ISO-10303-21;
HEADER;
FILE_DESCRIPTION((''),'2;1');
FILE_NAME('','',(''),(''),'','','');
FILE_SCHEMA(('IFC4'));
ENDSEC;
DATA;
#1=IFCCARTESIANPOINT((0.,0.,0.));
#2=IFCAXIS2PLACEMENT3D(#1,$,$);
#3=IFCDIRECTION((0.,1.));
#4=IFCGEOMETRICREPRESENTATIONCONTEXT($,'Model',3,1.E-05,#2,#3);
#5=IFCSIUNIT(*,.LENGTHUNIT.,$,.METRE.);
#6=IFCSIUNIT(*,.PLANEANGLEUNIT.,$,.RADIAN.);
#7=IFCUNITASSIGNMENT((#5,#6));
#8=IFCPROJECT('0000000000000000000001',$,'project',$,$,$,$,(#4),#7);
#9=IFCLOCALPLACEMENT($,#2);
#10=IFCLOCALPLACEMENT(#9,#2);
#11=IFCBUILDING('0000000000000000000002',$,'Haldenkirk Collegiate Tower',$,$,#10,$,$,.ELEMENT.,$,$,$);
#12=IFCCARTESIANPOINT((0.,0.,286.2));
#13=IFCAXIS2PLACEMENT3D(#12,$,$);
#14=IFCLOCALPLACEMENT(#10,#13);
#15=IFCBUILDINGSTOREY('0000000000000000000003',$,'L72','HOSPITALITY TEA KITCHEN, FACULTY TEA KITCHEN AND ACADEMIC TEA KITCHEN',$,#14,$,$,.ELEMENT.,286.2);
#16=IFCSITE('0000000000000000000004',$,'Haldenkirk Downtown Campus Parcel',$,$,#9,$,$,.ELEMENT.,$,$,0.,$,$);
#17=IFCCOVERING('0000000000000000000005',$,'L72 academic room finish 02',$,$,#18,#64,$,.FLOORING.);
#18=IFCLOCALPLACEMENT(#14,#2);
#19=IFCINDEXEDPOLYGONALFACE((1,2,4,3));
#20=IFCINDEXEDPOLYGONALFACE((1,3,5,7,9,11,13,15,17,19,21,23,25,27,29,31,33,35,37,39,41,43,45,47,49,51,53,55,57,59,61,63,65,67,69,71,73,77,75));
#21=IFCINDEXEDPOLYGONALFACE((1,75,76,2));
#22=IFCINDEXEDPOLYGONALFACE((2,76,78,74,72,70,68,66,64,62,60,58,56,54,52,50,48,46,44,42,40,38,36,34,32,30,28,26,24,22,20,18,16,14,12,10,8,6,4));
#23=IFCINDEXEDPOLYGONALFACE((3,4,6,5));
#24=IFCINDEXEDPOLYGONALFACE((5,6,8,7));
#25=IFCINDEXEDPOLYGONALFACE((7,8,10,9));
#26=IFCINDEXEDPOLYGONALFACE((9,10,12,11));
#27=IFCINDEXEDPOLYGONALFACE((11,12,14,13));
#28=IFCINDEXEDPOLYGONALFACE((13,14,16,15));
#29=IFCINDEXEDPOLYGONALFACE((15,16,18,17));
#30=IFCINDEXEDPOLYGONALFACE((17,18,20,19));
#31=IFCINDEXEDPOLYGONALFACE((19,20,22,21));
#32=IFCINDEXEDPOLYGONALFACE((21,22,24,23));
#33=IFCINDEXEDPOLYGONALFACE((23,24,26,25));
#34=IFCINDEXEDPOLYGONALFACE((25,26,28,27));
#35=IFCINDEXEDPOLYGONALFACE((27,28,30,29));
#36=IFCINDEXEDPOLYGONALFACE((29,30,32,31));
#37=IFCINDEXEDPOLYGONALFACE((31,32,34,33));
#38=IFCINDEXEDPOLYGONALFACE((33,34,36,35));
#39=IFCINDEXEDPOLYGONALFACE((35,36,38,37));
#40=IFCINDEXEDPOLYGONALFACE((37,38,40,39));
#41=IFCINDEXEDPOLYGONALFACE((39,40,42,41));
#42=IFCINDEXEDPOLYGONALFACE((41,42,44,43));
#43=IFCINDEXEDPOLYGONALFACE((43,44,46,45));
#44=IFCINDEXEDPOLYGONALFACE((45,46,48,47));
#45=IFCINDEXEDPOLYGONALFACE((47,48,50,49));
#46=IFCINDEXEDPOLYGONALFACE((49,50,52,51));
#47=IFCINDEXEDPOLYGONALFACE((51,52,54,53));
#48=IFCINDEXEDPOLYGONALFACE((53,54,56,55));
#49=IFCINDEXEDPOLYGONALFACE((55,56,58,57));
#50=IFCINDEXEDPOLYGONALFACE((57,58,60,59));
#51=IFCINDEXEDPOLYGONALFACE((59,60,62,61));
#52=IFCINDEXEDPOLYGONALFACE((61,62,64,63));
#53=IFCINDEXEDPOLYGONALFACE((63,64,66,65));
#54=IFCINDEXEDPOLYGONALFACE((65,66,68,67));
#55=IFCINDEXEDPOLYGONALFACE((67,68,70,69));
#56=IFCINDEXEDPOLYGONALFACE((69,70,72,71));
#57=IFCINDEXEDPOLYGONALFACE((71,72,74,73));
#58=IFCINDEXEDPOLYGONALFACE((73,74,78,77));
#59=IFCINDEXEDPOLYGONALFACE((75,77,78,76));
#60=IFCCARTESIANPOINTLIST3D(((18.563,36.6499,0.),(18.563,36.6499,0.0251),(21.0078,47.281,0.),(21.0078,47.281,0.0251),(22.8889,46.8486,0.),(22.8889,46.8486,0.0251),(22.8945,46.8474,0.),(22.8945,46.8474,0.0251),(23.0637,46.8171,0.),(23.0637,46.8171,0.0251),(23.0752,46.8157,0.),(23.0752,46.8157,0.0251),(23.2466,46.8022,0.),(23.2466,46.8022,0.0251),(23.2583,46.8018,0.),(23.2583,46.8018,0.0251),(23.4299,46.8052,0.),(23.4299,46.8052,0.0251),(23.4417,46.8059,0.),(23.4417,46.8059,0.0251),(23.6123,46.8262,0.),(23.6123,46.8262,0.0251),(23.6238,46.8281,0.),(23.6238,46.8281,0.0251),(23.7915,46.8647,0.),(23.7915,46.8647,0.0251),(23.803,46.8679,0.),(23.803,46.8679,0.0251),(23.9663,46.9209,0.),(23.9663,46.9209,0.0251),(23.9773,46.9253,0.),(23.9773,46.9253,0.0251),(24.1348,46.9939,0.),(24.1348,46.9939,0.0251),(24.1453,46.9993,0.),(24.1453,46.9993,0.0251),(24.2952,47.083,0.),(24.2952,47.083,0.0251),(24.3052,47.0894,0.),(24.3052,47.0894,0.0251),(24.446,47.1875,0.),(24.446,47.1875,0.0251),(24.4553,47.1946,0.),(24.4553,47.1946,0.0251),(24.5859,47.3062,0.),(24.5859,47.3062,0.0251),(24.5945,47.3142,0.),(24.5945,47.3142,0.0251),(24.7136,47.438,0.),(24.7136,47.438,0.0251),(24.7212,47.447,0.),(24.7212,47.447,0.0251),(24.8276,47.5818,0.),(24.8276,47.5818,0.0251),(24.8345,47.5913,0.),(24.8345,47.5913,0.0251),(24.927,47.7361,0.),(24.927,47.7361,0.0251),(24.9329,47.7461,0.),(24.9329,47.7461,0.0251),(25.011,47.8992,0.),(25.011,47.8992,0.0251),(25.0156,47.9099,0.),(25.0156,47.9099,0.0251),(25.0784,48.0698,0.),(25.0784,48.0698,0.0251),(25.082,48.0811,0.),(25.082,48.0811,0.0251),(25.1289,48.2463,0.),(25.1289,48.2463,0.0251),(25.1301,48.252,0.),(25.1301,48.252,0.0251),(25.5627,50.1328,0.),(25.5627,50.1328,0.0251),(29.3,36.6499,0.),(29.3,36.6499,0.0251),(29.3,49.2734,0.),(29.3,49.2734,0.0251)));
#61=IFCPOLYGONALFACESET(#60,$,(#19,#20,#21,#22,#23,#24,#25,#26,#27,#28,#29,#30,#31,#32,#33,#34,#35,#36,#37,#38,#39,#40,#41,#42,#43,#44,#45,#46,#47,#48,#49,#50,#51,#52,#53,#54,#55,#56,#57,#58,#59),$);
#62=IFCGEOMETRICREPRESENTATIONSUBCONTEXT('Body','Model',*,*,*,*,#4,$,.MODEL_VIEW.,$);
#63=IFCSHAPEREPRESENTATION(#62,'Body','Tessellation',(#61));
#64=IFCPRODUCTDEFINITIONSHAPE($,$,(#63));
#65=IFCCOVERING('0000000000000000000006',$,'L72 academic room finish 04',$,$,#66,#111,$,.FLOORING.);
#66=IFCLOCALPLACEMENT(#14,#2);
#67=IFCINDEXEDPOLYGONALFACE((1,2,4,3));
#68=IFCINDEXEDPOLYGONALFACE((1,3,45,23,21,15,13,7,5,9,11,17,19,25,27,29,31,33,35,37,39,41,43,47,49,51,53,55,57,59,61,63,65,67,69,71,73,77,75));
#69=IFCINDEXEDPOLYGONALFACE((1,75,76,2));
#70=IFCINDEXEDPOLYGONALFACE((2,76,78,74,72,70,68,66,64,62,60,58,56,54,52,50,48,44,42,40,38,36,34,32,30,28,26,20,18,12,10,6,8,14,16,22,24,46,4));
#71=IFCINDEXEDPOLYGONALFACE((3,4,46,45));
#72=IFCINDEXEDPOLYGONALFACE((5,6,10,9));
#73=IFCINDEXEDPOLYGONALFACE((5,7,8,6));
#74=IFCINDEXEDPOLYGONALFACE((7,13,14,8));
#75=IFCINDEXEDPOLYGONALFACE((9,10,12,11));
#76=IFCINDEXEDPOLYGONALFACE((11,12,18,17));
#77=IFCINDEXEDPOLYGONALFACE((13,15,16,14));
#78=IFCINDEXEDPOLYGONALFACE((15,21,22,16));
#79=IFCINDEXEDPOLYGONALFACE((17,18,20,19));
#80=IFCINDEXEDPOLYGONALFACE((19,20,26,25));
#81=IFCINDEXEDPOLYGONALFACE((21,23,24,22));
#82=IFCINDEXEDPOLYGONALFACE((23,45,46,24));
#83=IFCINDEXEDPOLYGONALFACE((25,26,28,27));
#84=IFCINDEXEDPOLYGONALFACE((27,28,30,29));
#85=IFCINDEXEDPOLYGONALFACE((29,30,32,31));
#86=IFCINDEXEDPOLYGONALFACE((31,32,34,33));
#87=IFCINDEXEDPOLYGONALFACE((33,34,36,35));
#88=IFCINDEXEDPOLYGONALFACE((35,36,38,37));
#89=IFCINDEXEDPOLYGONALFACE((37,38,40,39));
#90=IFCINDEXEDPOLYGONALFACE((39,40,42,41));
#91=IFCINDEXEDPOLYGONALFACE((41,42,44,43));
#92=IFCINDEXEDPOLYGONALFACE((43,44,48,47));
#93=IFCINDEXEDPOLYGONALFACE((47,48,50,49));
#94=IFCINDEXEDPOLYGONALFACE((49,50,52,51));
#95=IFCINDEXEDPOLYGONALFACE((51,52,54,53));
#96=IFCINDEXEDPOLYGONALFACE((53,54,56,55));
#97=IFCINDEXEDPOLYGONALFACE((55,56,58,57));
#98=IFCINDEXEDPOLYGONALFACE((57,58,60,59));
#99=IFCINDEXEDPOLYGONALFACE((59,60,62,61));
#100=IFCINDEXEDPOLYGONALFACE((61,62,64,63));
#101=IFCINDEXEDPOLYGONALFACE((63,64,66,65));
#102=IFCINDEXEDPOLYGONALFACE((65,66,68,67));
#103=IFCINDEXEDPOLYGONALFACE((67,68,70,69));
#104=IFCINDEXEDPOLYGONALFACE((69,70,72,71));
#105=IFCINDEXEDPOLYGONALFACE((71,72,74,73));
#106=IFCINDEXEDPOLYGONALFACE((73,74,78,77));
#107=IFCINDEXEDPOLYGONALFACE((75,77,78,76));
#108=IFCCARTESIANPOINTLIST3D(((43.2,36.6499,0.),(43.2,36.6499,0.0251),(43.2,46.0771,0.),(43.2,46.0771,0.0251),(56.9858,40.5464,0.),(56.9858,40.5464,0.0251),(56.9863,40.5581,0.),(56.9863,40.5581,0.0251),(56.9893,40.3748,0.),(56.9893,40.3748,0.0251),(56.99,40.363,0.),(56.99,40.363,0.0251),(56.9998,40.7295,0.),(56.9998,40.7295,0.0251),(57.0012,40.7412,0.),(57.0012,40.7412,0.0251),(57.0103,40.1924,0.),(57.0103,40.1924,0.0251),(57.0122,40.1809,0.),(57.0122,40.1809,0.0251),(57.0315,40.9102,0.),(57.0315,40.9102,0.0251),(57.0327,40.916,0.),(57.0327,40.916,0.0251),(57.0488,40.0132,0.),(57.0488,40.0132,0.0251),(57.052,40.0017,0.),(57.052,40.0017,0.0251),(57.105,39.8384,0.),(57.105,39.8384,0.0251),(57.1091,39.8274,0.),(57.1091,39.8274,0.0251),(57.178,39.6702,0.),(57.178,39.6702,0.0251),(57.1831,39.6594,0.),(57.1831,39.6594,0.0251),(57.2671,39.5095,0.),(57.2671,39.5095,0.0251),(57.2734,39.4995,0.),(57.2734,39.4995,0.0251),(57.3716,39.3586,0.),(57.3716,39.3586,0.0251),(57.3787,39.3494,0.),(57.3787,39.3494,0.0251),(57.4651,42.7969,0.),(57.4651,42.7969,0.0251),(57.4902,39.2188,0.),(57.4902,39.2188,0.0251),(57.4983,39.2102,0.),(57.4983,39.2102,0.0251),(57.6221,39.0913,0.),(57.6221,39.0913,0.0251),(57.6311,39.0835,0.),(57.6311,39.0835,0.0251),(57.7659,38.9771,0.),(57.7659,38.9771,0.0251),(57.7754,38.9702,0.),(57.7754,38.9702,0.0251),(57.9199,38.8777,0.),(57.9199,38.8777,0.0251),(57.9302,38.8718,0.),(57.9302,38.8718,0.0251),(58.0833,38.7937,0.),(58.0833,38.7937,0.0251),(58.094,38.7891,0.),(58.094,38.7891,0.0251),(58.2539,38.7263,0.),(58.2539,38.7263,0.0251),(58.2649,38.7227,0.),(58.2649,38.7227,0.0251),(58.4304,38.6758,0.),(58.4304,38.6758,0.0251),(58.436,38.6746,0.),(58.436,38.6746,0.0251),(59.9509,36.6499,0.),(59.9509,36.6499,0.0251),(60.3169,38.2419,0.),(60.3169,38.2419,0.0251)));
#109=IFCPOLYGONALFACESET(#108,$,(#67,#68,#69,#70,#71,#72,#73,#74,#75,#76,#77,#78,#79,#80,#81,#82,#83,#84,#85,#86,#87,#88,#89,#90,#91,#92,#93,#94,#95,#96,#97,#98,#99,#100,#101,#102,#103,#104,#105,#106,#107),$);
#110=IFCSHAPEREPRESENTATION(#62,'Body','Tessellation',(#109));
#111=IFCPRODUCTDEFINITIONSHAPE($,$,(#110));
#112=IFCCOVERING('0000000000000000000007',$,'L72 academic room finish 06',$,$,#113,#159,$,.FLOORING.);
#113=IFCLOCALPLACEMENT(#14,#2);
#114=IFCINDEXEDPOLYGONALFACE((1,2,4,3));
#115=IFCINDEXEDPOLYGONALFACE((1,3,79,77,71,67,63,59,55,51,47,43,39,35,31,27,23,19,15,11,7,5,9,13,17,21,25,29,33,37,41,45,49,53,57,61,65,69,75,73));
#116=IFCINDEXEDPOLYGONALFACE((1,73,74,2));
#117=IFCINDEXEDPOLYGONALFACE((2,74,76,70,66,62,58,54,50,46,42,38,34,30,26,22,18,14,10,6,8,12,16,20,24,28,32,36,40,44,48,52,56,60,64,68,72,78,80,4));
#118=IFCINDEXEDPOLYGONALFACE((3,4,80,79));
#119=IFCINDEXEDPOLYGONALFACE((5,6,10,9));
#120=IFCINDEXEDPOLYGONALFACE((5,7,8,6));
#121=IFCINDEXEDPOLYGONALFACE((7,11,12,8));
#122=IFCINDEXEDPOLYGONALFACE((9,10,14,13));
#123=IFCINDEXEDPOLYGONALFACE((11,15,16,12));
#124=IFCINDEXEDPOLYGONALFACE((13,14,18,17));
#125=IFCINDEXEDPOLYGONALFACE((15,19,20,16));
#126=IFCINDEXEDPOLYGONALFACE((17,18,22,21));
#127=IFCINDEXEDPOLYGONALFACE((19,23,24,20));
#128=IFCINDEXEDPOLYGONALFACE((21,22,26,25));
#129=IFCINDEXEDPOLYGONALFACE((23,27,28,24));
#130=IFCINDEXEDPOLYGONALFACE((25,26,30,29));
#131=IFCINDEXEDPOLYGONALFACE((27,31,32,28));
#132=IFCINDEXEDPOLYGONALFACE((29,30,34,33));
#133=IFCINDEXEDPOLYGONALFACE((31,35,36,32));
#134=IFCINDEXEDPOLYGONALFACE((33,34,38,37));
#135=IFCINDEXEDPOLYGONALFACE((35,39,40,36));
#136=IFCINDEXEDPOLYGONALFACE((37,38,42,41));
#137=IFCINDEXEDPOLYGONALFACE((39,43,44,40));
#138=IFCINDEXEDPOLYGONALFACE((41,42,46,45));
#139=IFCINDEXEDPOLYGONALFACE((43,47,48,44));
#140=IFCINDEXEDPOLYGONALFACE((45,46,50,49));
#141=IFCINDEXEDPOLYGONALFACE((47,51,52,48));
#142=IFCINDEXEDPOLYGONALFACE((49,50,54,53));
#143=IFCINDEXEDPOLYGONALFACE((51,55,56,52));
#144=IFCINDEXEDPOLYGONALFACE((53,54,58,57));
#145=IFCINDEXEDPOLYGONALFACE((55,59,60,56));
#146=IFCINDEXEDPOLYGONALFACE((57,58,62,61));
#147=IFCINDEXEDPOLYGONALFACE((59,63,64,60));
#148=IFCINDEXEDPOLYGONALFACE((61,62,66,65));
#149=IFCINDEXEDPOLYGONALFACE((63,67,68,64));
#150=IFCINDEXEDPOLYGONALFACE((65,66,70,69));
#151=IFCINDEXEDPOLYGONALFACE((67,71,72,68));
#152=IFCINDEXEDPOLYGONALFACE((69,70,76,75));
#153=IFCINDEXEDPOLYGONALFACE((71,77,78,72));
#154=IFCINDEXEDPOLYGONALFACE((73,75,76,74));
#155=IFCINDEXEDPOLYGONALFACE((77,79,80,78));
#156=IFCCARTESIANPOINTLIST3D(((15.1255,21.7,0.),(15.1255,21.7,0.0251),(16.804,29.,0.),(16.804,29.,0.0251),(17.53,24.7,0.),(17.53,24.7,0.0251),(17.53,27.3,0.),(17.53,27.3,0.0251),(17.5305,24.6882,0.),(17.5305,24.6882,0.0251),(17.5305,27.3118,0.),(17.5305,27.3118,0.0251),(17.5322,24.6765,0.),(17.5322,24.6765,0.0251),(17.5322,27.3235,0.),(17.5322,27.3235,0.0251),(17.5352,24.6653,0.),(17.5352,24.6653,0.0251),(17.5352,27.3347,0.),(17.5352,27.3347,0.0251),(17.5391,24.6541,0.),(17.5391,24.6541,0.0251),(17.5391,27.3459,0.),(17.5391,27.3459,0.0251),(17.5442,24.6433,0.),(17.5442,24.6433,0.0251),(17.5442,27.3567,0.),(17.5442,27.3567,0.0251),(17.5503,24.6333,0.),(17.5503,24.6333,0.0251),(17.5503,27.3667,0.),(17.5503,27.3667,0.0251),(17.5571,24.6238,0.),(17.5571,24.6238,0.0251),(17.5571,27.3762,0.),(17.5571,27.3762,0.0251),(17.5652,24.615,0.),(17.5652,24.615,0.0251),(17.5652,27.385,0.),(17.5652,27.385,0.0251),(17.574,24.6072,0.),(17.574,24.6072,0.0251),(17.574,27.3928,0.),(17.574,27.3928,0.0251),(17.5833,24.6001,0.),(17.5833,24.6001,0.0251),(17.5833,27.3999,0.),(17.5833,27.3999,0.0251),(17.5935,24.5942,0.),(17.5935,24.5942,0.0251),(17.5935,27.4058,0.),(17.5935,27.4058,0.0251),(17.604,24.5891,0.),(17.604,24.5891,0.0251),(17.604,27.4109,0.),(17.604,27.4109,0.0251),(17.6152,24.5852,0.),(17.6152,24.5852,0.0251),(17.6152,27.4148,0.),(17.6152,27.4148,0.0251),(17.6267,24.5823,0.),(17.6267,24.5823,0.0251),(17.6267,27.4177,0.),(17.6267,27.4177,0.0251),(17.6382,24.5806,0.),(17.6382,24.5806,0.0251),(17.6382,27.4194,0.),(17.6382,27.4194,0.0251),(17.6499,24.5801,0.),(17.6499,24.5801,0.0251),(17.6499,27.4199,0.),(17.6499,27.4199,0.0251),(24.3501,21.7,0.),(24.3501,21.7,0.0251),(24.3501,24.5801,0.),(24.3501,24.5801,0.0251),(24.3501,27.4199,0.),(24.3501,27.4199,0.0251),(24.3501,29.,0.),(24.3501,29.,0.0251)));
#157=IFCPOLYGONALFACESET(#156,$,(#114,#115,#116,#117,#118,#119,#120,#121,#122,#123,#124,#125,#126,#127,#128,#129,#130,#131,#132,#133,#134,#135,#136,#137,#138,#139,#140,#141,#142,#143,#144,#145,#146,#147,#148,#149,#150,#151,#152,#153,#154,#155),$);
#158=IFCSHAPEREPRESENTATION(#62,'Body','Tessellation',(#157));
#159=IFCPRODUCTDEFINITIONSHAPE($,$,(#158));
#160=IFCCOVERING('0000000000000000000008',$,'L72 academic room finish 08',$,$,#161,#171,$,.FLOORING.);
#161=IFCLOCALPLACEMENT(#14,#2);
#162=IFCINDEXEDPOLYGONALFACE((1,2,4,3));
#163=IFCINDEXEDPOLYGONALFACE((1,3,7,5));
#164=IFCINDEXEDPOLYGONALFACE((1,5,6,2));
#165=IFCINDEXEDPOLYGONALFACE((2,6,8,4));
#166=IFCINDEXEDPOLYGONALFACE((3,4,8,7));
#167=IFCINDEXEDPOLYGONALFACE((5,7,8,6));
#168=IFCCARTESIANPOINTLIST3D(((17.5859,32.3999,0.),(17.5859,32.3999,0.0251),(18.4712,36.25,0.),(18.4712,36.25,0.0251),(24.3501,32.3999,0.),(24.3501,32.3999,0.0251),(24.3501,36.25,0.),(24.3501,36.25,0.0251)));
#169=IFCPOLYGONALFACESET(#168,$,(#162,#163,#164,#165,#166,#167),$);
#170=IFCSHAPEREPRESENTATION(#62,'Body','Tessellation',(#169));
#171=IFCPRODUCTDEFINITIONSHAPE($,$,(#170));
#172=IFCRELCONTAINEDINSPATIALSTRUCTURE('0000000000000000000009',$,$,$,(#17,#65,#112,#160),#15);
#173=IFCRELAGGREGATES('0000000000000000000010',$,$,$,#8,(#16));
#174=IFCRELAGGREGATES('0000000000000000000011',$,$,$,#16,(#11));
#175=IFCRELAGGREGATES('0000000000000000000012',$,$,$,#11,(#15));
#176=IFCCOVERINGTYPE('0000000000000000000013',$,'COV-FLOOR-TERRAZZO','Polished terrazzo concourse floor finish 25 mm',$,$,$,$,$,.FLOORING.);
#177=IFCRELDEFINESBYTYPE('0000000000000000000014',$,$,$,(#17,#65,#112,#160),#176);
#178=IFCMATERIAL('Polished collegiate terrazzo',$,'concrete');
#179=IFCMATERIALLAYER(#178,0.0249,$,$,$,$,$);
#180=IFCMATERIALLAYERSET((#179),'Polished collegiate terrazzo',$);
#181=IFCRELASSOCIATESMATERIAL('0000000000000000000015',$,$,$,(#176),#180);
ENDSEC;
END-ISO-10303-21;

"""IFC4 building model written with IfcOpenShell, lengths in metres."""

from ifc_helpers import new_model, si_unit, direction, frame, origin, place, context, subcontext, project, spatial, polyline, outline, extrude, material, layer, layer_set, type_object, element, save


model = new_model("IFC4")

# Units and contexts
model_context = context("Model", 3, precision=1e-05, world=origin(), true_north=direction((0.0, 1.0)))
body_context = subcontext(model_context, "Body", "Model", "MODEL_VIEW")
ifc_project = project(units=[si_unit("LENGTHUNIT", "METRE"), si_unit("PLANEANGLEUNIT", "RADIAN")], contexts=[model_context])

# Site, building, storey
site_placement = place(None, origin())
site = spatial("IfcSite", under=ifc_project, at=site_placement, Name="Haldenkirk Downtown Campus Parcel", CompositionType="ELEMENT", RefElevation=0.0)
building_placement = place(site_placement, origin())
building = spatial("IfcBuilding", under=site, at=building_placement, Name="Haldenkirk Collegiate Tower", CompositionType="ELEMENT")
storey_placement = place(building_placement, frame((0.0, 0.0, 286.2)))
storey = spatial("IfcBuildingStorey", under=building, at=storey_placement, Name="L72", Description="HOSPITALITY TEA KITCHEN, FACULTY TEA KITCHEN AND ACADEMIC TEA KITCHEN", CompositionType="ELEMENT", Elevation=286.2)

# Coverings
ifc_material_1 = material(Name="Polished collegiate terrazzo", Category="concrete")
ifc_layer_1 = layer(ifc_material_1, 0.0249)
ifc_layer_set_1 = layer_set([ifc_layer_1], Name="Polished collegiate terrazzo")
covering_type_1 = type_object("IfcCoveringType", Name="COV-FLOOR-TERRAZZO", Description="Polished terrazzo concourse floor finish 25 mm", PredefinedType="FLOORING", material=ifc_layer_set_1)
covering_1_placement = place(storey_placement, origin())
element("IfcCovering", 1, at=covering_1_placement, inside=storey, type_object=covering_type_1, Name="L72 academic room finish 02", PredefinedType="FLOORING", context=body_context, shape_type="SweptSolid", body=[
    extrude(outline(polyline([(22.8889, 46.8486), (22.8945, 46.8474), (23.0637, 46.8171), (23.0752, 46.8157), (23.2466, 46.8022), (23.2583, 46.8018), (23.4299, 46.8052), (23.4417, 46.8059), (23.6123, 46.8262), (23.6238, 46.8281), (23.7915, 46.8647), (23.803, 46.8679), (23.9663, 46.9209), (23.9773, 46.9253), (24.1348, 46.9939), (24.1453, 46.9993), (24.2952, 47.083), (24.3052, 47.0894), (24.446, 47.1875), (24.4553, 47.1946), (24.5859, 47.3062), (24.5945, 47.3142), (24.7136, 47.438), (24.7212, 47.447), (24.8276, 47.5818), (24.8345, 47.5913), (24.927, 47.7361), (24.9329, 47.7461), (25.011, 47.8992), (25.0156, 47.9099), (25.0784, 48.0698), (25.082, 48.0811), (25.1289, 48.2463), (25.1301, 48.252), (25.5627, 50.1328), (29.3, 49.2734), (29.3, 36.6499), (18.563, 36.6499), (21.0078, 47.281), (22.8889, 46.8486)])), origin(), (0.0, 0.0, 1.0), 0.0251),
])
covering_2_placement = place(storey_placement, origin())
element("IfcCovering", 2, at=covering_2_placement, inside=storey, type_object=covering_type_1, Name="L72 academic room finish 04", PredefinedType="FLOORING", context=body_context, shape_type="SweptSolid", body=[
    extrude(outline(polyline([(57.4651, 42.7969), (57.0327, 40.916), (57.0315, 40.9102), (57.0012, 40.7412), (56.9998, 40.7295), (56.9863, 40.5581), (56.9858, 40.5464), (56.9893, 40.3748), (56.99, 40.363), (57.0103, 40.1924), (57.0122, 40.1809), (57.0488, 40.0132), (57.052, 40.0017), (57.105, 39.8384), (57.1091, 39.8274), (57.178, 39.6702), (57.1831, 39.6594), (57.2671, 39.5095), (57.2734, 39.4995), (57.3716, 39.3586), (57.3787, 39.3494), (57.4902, 39.2188), (57.4983, 39.2102), (57.6221, 39.0913), (57.6311, 39.0835), (57.7659, 38.9771), (57.7754, 38.9702), (57.9199, 38.8777), (57.9302, 38.8718), (58.0833, 38.7937), (58.094, 38.7891), (58.2539, 38.7263), (58.2649, 38.7227), (58.4304, 38.6758), (58.436, 38.6746), (60.3169, 38.2419), (59.9509, 36.6499), (43.2, 36.6499), (43.2, 46.0771), (57.4651, 42.7969)])), origin(), (0.0, 0.0, 1.0), 0.0251),
])
covering_3_placement = place(storey_placement, origin())
element("IfcCovering", 3, at=covering_3_placement, inside=storey, type_object=covering_type_1, Name="L72 academic room finish 06", PredefinedType="FLOORING", context=body_context, shape_type="SweptSolid", body=[
    extrude(outline(polyline([(17.6499, 27.4199), (17.6382, 27.4194), (17.6267, 27.4177), (17.6152, 27.4148), (17.604, 27.4109), (17.5935, 27.4058), (17.5833, 27.3999), (17.574, 27.3928), (17.5652, 27.385), (17.5571, 27.3762), (17.5503, 27.3667), (17.5442, 27.3567), (17.5391, 27.3459), (17.5352, 27.3347), (17.5322, 27.3235), (17.5305, 27.3118), (17.53, 27.3), (17.53, 24.7), (17.5305, 24.6882), (17.5322, 24.6765), (17.5352, 24.6653), (17.5391, 24.6541), (17.5442, 24.6433), (17.5503, 24.6333), (17.5571, 24.6238), (17.5652, 24.615), (17.574, 24.6072), (17.5833, 24.6001), (17.5935, 24.5942), (17.604, 24.5891), (17.6152, 24.5852), (17.6267, 24.5823), (17.6382, 24.5806), (17.6499, 24.5801), (24.3501, 24.5801), (24.3501, 21.7), (15.1255, 21.7), (16.804, 29.0), (24.3501, 29.0), (24.3501, 27.4199), (17.6499, 27.4199)])), origin(), (0.0, 0.0, 1.0), 0.0251),
])
covering_4_placement = place(storey_placement, origin())
element("IfcCovering", 4, at=covering_4_placement, inside=storey, type_object=covering_type_1, Name="L72 academic room finish 08", PredefinedType="FLOORING", context=body_context, shape_type="SweptSolid", body=[
    extrude(outline(polyline([(18.4712, 36.25), (24.3501, 36.25), (24.3501, 32.3999), (17.5859, 32.3999), (18.4712, 36.25)])), origin(), (0.0, 0.0, 1.0), 0.0251),
])

save(model, "model.ifc")
